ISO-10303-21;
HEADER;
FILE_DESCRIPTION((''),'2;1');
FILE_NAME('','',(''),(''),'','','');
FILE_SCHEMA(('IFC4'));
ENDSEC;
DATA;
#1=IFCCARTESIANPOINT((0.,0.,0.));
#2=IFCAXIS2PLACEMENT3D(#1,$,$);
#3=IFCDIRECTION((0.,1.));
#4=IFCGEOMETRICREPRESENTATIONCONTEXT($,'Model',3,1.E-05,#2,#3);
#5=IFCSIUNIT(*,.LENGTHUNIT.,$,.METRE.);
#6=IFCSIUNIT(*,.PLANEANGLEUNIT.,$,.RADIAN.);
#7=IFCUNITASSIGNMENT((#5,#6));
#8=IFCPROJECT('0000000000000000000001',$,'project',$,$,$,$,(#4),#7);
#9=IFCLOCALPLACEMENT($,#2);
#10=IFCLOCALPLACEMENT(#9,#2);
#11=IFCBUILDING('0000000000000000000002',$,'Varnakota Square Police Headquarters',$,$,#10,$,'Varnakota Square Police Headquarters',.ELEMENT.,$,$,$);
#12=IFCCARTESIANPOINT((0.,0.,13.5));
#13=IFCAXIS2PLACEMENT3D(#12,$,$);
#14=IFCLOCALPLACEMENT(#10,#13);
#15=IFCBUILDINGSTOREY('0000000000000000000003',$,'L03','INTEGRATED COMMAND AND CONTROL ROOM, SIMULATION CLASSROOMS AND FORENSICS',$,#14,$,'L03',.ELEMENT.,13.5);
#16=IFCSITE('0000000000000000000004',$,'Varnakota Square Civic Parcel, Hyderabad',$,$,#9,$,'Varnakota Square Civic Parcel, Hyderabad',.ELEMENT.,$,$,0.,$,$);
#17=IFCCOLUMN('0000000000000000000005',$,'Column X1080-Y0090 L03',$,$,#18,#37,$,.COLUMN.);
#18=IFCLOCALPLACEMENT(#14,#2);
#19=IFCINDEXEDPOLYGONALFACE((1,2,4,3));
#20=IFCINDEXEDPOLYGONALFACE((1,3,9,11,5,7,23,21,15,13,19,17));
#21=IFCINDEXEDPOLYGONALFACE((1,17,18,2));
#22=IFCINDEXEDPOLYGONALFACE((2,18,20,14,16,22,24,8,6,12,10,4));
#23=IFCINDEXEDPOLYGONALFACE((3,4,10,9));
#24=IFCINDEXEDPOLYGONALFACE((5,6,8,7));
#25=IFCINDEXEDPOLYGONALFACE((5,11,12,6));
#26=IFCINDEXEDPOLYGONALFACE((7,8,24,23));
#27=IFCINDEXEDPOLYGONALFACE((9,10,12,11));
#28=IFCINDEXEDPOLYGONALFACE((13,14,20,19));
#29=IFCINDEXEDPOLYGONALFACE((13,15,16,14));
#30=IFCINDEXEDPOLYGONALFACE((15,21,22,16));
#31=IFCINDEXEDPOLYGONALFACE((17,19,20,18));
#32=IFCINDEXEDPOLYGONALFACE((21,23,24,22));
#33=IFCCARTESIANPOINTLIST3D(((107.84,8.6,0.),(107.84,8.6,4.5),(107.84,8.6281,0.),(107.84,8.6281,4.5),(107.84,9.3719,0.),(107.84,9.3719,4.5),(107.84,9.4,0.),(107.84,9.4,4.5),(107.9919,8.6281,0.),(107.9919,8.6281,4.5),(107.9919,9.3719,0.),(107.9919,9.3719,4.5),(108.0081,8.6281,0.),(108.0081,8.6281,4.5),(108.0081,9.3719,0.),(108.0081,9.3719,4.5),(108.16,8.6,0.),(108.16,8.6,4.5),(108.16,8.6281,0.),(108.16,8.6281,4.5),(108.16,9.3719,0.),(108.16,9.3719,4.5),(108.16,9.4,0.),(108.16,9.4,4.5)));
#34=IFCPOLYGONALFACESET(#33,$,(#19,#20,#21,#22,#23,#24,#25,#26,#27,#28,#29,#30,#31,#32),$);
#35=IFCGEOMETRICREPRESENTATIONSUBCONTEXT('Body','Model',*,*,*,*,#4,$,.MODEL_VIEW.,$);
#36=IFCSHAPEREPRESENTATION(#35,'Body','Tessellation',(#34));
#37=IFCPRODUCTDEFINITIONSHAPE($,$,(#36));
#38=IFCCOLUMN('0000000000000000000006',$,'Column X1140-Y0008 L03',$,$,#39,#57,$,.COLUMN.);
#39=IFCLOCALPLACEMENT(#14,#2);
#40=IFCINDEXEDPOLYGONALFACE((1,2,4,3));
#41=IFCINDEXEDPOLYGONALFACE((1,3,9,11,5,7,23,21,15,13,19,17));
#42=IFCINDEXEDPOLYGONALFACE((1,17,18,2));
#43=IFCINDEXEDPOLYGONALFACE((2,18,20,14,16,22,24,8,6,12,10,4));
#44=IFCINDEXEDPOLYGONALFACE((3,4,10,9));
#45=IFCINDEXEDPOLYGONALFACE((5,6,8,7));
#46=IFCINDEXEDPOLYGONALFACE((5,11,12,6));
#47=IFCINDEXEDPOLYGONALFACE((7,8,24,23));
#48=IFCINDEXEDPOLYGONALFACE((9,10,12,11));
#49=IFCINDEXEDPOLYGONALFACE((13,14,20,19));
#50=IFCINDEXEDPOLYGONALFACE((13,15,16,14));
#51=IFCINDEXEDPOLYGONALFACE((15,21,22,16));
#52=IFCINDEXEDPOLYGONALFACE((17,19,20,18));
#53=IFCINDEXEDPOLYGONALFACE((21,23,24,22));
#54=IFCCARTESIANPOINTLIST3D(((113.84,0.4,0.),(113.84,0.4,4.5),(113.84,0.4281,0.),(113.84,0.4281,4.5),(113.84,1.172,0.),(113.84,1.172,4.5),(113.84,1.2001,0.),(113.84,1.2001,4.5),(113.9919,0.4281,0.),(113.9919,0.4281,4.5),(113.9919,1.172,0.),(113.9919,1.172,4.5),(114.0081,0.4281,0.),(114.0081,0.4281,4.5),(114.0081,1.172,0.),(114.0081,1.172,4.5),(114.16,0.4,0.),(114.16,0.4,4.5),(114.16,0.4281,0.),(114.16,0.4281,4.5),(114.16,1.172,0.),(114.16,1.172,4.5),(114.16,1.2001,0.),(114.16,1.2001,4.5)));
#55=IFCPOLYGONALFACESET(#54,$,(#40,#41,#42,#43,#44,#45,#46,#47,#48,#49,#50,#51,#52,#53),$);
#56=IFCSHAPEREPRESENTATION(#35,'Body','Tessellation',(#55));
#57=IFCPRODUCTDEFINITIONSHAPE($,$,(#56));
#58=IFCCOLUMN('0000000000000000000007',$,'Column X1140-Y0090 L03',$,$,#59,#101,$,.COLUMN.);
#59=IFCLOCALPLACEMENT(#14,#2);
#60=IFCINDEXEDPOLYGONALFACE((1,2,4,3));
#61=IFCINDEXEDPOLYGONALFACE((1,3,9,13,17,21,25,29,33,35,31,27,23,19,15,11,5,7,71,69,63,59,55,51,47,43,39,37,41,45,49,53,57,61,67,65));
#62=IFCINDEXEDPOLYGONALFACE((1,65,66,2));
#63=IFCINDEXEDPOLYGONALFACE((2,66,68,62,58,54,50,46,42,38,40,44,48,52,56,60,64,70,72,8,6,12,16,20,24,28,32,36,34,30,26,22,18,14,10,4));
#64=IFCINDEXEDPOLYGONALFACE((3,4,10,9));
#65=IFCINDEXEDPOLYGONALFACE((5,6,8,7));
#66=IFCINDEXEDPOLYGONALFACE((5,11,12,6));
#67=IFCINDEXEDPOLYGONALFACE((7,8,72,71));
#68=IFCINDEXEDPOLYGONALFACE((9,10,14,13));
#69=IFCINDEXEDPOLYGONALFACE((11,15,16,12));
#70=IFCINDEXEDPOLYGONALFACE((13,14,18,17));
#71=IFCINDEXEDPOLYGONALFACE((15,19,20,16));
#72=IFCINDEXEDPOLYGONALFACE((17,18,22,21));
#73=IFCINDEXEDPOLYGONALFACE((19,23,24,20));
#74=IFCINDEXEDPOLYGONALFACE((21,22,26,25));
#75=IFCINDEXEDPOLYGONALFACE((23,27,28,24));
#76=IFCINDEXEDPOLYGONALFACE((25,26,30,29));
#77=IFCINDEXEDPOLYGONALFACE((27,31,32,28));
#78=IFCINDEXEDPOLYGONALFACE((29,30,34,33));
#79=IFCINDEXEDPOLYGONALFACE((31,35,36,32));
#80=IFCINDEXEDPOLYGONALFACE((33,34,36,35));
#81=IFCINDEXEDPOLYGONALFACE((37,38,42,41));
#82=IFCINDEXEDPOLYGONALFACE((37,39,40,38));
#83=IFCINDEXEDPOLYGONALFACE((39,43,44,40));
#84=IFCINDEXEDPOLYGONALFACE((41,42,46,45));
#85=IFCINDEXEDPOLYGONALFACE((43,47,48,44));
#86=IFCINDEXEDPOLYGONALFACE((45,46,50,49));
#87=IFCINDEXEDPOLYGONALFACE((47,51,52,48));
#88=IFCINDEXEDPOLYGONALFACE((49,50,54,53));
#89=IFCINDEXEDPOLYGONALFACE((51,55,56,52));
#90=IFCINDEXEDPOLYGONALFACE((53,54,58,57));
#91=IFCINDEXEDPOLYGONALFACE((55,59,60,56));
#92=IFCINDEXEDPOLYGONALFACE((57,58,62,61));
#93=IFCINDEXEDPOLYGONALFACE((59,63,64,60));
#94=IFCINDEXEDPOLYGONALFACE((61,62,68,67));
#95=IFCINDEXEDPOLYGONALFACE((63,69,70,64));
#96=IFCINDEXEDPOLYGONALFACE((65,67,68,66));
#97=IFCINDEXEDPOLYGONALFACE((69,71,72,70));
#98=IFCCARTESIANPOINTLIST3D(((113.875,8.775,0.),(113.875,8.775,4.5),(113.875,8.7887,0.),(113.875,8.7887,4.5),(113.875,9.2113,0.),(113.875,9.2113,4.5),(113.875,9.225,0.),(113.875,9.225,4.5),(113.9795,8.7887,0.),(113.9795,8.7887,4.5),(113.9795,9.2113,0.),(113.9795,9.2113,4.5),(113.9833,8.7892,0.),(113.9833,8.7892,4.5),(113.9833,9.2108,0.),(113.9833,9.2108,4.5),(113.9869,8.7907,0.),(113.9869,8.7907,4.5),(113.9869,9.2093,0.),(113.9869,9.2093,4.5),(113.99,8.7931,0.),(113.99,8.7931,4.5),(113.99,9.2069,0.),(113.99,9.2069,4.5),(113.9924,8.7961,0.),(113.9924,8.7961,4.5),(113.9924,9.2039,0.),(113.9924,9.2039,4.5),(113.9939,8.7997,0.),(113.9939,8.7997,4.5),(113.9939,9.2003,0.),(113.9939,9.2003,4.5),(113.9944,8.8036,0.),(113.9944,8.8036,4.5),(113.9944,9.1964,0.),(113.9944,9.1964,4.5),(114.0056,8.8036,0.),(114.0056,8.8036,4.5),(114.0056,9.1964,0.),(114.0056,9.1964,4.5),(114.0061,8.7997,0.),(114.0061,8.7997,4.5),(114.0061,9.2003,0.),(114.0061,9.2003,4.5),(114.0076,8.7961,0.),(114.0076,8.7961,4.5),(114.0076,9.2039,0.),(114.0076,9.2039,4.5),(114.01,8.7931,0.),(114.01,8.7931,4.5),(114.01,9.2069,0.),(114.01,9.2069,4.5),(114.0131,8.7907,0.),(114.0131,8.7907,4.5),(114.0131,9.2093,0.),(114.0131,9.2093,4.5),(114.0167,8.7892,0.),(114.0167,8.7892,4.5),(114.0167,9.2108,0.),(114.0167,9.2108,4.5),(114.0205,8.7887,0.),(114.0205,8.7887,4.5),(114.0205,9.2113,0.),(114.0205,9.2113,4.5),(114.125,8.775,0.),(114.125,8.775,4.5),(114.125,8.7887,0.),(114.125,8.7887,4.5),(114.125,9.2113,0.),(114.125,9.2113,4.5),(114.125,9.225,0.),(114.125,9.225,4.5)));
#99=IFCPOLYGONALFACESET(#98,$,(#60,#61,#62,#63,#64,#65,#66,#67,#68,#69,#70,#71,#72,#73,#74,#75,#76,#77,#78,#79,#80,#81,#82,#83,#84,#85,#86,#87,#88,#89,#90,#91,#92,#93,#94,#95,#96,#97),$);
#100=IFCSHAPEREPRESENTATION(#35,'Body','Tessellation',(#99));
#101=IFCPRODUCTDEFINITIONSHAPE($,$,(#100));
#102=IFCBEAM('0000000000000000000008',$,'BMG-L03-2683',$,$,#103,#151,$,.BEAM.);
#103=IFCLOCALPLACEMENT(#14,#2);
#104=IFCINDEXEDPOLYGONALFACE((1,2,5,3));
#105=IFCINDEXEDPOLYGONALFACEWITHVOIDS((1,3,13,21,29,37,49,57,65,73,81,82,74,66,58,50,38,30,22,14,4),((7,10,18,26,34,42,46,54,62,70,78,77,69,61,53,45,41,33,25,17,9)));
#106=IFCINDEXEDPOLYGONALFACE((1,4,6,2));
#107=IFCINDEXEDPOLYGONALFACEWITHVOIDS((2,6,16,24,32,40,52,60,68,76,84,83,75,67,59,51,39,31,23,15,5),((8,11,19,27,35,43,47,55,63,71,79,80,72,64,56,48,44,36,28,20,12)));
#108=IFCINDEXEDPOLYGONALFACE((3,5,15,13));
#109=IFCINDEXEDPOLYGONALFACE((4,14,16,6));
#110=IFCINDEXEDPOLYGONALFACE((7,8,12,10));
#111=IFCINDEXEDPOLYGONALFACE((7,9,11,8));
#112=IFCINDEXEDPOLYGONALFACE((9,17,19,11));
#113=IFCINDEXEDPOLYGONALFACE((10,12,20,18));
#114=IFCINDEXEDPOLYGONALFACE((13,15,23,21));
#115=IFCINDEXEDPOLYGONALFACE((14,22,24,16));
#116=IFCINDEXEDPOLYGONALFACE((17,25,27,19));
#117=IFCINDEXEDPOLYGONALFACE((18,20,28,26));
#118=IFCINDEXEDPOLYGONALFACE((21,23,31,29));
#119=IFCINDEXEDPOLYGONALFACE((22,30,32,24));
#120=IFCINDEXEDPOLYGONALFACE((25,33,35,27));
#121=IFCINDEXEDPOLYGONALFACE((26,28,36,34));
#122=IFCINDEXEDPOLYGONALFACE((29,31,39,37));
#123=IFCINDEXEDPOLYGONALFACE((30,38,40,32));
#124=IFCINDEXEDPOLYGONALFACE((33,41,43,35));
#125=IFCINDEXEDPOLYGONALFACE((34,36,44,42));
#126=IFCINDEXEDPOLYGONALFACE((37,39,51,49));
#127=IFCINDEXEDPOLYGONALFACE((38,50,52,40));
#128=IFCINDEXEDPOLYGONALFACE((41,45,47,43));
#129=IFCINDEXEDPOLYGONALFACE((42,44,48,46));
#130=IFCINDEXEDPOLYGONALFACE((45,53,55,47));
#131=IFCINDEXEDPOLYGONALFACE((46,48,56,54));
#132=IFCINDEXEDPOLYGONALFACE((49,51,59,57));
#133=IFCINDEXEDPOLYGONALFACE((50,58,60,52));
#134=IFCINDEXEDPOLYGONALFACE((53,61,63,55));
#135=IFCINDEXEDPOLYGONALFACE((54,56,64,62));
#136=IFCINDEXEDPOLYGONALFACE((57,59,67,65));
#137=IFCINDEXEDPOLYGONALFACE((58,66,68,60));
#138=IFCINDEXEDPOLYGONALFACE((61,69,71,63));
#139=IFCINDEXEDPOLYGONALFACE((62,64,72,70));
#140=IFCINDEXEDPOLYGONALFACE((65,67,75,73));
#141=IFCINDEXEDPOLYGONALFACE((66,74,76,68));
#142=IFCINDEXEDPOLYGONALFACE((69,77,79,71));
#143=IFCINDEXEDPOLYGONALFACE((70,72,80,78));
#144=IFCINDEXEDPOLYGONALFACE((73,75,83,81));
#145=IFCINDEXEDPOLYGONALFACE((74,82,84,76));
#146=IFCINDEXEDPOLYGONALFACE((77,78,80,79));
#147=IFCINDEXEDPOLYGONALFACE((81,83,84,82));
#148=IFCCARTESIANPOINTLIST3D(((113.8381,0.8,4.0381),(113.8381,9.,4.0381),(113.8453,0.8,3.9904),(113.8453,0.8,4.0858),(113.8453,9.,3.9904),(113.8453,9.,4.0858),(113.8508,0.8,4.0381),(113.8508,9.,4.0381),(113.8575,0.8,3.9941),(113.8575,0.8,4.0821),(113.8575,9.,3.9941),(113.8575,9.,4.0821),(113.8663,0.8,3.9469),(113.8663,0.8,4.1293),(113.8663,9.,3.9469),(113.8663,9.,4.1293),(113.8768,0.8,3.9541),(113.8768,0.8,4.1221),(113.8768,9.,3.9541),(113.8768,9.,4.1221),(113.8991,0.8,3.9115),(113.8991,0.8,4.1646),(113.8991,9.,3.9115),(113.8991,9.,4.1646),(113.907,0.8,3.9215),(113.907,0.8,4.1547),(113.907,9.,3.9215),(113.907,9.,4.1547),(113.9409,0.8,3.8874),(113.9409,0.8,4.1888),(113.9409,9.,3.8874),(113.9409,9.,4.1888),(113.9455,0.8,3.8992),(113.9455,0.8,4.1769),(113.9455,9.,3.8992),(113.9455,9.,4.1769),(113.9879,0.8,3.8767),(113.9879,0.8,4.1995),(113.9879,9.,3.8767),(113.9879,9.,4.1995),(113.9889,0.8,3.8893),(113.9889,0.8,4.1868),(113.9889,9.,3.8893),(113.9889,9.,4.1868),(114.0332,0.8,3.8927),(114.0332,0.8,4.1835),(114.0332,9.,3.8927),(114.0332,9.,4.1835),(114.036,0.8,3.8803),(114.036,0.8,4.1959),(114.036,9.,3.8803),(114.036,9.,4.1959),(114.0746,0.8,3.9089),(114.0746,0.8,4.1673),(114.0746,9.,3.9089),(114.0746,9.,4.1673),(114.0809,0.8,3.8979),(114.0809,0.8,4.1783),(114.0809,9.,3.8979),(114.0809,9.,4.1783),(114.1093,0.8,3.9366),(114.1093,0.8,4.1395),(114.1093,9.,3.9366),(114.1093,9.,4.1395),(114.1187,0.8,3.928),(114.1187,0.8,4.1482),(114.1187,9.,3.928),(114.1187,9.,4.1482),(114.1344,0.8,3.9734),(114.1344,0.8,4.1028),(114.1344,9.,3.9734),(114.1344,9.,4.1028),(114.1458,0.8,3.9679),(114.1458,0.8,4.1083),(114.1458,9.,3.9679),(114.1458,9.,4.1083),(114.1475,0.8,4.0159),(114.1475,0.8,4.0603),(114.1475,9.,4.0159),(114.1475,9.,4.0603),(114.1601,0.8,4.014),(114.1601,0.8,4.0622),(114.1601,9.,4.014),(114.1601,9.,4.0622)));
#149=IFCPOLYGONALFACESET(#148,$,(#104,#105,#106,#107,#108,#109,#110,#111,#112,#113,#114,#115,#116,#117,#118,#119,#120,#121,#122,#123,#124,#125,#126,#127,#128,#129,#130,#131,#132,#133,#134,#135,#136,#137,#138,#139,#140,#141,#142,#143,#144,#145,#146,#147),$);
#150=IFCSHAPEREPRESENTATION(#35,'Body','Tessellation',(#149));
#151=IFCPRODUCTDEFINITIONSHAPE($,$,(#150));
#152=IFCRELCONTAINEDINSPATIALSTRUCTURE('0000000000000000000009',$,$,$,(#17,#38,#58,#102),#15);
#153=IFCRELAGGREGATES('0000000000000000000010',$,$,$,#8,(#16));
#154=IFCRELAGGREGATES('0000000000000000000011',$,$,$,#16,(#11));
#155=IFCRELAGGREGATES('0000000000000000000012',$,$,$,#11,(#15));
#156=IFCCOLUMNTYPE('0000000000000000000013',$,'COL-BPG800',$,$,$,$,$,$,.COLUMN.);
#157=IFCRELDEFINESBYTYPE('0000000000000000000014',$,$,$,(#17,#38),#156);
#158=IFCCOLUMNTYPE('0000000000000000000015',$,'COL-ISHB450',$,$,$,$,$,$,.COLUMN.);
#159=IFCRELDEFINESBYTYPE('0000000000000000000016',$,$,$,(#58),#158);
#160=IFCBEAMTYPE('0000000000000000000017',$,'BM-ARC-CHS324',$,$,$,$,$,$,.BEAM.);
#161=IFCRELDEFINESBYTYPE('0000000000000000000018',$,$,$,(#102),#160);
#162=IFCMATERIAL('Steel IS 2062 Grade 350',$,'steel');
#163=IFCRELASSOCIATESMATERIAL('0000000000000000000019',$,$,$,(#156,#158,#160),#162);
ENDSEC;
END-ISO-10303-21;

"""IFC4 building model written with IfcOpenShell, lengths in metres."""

from ifc_helpers import new_model, si_unit, direction, frame, origin, origin_2d, place, context, subcontext, project, spatial, hollow_circle, i_section, extrude, material, material_profile, profile_set, type_object, element, save


model = new_model("IFC4")

# Units and contexts
model_context = context("Model", 3, precision=1e-05, world=origin(), true_north=direction((0.0, 1.0)))
body_context = subcontext(model_context, "Body", "Model", "MODEL_VIEW")
ifc_project = project(units=[si_unit("LENGTHUNIT", "METRE"), si_unit("PLANEANGLEUNIT", "RADIAN")], contexts=[model_context])

# Site, building, storey
site_placement = place(None, origin())
site = spatial("IfcSite", under=ifc_project, at=site_placement, Name="Varnakota Square Civic Parcel, Hyderabad", LongName="Varnakota Square Civic Parcel, Hyderabad", CompositionType="ELEMENT", RefElevation=0.0)
building_placement = place(site_placement, origin())
building = spatial("IfcBuilding", under=site, at=building_placement, Name="Varnakota Square Police Headquarters", LongName="Varnakota Square Police Headquarters", CompositionType="ELEMENT")
storey_placement = place(building_placement, frame((0.0, 0.0, 13.5)))
storey = spatial("IfcBuildingStorey", under=building, at=storey_placement, Name="L03", Description="INTEGRATED COMMAND AND CONTROL ROOM, SIMULATION CLASSROOMS AND FORENSICS", LongName="L03", CompositionType="ELEMENT", Elevation=13.5)

# Columns
ifc_material_1 = material(Name="Steel IS 2062 Grade 350", Category="steel")
ifc_material_profile_1 = material_profile(ifc_material_1, i_section(OverallWidth=0.3201, OverallDepth=0.8, WebThickness=0.0161, FlangeThickness=0.0281, at=origin_2d()), Name="BPG 800x320")
ifc_profile_set_1 = profile_set([ifc_material_profile_1], Name="Steel IS 2062 Grade 350")
column_type_1 = type_object("IfcColumnType", Name="COL-BPG800", PredefinedType="COLUMN", material=ifc_profile_set_1)
for number, where, z_axis, x_axis, name in (
    (1, (108.0, 9.0, 0.0), (0.0, 0.0, 1.0), (1.0, 0.0, 0.0), "Column X1080-Y0090 L03"),
    (2, (114.0, 0.8, 0.0), (0.0, 0.0, 1.0), (1.0, 0.0, 0.0), "Column X1140-Y0008 L03"),
):
    element("IfcColumn", number, at=place(storey_placement, frame(where, z_axis=z_axis, x_axis=x_axis)), inside=storey, type_object=column_type_1, Name=name, PredefinedType="COLUMN", context=body_context, shape_type="SweptSolid", body=[
        extrude(i_section(OverallWidth=0.3201, OverallDepth=0.8, WebThickness=0.0161, FlangeThickness=0.0281, at=origin_2d()), origin(), (0.0, 0.0, 1.0), 4.5),
    ])
ifc_material_profile_2 = material_profile(ifc_material_1, i_section(OverallWidth=0.25, OverallDepth=0.45, WebThickness=0.0112, FlangeThickness=0.0137, FilletRadius=0.0149, at=origin_2d()), Name="ISHB 450")
ifc_profile_set_2 = profile_set([ifc_material_profile_2], Name="Steel IS 2062 Grade 350")
column_type_2 = type_object("IfcColumnType", Name="COL-ISHB450", PredefinedType="COLUMN", material=ifc_profile_set_2)
column_placement = place(storey_placement, frame((114.0, 9.0, 0.0), z_axis=(0.0, 0.0, 1.0), x_axis=(1.0, 0.0, 0.0)))
element("IfcColumn", 3, at=column_placement, inside=storey, type_object=column_type_2, Name="Column X1140-Y0090 L03", PredefinedType="COLUMN", context=body_context, shape_type="SweptSolid", body=[
    extrude(i_section(OverallWidth=0.25, OverallDepth=0.45, WebThickness=0.0112, FlangeThickness=0.0137, FilletRadius=0.0149, at=origin_2d()), origin(), (0.0, 0.0, 1.0), 4.5),
])

# Beam
ifc_material_profile_3 = material_profile(ifc_material_1, hollow_circle(Radius=0.1619, WallThickness=0.0127, at=origin_2d()), Name="CHS 323.9x12.7")
ifc_profile_set_3 = profile_set([ifc_material_profile_3], Name="Steel IS 2062 Grade 350")
beam_type_1 = type_object("IfcBeamType", Name="BM-ARC-CHS324", PredefinedType="BEAM", material=ifc_profile_set_3)
beam_1_placement = place(storey_placement, frame((114.0, 0.8, 4.0381), z_axis=(0.0, 1.0, 0.0), x_axis=(-1.0, 0.0, 0.0)))
element("IfcBeam", 4, at=beam_1_placement, inside=storey, type_object=beam_type_1, Name="BMG-L03-2683", PredefinedType="BEAM", context=body_context, shape_type="SweptSolid", body=[
    extrude(hollow_circle(Radius=0.1619, WallThickness=0.0127, at=origin_2d()), origin(), (0.0, 0.0, 1.0), 8.2),
])

save(model, "model.ifc")
